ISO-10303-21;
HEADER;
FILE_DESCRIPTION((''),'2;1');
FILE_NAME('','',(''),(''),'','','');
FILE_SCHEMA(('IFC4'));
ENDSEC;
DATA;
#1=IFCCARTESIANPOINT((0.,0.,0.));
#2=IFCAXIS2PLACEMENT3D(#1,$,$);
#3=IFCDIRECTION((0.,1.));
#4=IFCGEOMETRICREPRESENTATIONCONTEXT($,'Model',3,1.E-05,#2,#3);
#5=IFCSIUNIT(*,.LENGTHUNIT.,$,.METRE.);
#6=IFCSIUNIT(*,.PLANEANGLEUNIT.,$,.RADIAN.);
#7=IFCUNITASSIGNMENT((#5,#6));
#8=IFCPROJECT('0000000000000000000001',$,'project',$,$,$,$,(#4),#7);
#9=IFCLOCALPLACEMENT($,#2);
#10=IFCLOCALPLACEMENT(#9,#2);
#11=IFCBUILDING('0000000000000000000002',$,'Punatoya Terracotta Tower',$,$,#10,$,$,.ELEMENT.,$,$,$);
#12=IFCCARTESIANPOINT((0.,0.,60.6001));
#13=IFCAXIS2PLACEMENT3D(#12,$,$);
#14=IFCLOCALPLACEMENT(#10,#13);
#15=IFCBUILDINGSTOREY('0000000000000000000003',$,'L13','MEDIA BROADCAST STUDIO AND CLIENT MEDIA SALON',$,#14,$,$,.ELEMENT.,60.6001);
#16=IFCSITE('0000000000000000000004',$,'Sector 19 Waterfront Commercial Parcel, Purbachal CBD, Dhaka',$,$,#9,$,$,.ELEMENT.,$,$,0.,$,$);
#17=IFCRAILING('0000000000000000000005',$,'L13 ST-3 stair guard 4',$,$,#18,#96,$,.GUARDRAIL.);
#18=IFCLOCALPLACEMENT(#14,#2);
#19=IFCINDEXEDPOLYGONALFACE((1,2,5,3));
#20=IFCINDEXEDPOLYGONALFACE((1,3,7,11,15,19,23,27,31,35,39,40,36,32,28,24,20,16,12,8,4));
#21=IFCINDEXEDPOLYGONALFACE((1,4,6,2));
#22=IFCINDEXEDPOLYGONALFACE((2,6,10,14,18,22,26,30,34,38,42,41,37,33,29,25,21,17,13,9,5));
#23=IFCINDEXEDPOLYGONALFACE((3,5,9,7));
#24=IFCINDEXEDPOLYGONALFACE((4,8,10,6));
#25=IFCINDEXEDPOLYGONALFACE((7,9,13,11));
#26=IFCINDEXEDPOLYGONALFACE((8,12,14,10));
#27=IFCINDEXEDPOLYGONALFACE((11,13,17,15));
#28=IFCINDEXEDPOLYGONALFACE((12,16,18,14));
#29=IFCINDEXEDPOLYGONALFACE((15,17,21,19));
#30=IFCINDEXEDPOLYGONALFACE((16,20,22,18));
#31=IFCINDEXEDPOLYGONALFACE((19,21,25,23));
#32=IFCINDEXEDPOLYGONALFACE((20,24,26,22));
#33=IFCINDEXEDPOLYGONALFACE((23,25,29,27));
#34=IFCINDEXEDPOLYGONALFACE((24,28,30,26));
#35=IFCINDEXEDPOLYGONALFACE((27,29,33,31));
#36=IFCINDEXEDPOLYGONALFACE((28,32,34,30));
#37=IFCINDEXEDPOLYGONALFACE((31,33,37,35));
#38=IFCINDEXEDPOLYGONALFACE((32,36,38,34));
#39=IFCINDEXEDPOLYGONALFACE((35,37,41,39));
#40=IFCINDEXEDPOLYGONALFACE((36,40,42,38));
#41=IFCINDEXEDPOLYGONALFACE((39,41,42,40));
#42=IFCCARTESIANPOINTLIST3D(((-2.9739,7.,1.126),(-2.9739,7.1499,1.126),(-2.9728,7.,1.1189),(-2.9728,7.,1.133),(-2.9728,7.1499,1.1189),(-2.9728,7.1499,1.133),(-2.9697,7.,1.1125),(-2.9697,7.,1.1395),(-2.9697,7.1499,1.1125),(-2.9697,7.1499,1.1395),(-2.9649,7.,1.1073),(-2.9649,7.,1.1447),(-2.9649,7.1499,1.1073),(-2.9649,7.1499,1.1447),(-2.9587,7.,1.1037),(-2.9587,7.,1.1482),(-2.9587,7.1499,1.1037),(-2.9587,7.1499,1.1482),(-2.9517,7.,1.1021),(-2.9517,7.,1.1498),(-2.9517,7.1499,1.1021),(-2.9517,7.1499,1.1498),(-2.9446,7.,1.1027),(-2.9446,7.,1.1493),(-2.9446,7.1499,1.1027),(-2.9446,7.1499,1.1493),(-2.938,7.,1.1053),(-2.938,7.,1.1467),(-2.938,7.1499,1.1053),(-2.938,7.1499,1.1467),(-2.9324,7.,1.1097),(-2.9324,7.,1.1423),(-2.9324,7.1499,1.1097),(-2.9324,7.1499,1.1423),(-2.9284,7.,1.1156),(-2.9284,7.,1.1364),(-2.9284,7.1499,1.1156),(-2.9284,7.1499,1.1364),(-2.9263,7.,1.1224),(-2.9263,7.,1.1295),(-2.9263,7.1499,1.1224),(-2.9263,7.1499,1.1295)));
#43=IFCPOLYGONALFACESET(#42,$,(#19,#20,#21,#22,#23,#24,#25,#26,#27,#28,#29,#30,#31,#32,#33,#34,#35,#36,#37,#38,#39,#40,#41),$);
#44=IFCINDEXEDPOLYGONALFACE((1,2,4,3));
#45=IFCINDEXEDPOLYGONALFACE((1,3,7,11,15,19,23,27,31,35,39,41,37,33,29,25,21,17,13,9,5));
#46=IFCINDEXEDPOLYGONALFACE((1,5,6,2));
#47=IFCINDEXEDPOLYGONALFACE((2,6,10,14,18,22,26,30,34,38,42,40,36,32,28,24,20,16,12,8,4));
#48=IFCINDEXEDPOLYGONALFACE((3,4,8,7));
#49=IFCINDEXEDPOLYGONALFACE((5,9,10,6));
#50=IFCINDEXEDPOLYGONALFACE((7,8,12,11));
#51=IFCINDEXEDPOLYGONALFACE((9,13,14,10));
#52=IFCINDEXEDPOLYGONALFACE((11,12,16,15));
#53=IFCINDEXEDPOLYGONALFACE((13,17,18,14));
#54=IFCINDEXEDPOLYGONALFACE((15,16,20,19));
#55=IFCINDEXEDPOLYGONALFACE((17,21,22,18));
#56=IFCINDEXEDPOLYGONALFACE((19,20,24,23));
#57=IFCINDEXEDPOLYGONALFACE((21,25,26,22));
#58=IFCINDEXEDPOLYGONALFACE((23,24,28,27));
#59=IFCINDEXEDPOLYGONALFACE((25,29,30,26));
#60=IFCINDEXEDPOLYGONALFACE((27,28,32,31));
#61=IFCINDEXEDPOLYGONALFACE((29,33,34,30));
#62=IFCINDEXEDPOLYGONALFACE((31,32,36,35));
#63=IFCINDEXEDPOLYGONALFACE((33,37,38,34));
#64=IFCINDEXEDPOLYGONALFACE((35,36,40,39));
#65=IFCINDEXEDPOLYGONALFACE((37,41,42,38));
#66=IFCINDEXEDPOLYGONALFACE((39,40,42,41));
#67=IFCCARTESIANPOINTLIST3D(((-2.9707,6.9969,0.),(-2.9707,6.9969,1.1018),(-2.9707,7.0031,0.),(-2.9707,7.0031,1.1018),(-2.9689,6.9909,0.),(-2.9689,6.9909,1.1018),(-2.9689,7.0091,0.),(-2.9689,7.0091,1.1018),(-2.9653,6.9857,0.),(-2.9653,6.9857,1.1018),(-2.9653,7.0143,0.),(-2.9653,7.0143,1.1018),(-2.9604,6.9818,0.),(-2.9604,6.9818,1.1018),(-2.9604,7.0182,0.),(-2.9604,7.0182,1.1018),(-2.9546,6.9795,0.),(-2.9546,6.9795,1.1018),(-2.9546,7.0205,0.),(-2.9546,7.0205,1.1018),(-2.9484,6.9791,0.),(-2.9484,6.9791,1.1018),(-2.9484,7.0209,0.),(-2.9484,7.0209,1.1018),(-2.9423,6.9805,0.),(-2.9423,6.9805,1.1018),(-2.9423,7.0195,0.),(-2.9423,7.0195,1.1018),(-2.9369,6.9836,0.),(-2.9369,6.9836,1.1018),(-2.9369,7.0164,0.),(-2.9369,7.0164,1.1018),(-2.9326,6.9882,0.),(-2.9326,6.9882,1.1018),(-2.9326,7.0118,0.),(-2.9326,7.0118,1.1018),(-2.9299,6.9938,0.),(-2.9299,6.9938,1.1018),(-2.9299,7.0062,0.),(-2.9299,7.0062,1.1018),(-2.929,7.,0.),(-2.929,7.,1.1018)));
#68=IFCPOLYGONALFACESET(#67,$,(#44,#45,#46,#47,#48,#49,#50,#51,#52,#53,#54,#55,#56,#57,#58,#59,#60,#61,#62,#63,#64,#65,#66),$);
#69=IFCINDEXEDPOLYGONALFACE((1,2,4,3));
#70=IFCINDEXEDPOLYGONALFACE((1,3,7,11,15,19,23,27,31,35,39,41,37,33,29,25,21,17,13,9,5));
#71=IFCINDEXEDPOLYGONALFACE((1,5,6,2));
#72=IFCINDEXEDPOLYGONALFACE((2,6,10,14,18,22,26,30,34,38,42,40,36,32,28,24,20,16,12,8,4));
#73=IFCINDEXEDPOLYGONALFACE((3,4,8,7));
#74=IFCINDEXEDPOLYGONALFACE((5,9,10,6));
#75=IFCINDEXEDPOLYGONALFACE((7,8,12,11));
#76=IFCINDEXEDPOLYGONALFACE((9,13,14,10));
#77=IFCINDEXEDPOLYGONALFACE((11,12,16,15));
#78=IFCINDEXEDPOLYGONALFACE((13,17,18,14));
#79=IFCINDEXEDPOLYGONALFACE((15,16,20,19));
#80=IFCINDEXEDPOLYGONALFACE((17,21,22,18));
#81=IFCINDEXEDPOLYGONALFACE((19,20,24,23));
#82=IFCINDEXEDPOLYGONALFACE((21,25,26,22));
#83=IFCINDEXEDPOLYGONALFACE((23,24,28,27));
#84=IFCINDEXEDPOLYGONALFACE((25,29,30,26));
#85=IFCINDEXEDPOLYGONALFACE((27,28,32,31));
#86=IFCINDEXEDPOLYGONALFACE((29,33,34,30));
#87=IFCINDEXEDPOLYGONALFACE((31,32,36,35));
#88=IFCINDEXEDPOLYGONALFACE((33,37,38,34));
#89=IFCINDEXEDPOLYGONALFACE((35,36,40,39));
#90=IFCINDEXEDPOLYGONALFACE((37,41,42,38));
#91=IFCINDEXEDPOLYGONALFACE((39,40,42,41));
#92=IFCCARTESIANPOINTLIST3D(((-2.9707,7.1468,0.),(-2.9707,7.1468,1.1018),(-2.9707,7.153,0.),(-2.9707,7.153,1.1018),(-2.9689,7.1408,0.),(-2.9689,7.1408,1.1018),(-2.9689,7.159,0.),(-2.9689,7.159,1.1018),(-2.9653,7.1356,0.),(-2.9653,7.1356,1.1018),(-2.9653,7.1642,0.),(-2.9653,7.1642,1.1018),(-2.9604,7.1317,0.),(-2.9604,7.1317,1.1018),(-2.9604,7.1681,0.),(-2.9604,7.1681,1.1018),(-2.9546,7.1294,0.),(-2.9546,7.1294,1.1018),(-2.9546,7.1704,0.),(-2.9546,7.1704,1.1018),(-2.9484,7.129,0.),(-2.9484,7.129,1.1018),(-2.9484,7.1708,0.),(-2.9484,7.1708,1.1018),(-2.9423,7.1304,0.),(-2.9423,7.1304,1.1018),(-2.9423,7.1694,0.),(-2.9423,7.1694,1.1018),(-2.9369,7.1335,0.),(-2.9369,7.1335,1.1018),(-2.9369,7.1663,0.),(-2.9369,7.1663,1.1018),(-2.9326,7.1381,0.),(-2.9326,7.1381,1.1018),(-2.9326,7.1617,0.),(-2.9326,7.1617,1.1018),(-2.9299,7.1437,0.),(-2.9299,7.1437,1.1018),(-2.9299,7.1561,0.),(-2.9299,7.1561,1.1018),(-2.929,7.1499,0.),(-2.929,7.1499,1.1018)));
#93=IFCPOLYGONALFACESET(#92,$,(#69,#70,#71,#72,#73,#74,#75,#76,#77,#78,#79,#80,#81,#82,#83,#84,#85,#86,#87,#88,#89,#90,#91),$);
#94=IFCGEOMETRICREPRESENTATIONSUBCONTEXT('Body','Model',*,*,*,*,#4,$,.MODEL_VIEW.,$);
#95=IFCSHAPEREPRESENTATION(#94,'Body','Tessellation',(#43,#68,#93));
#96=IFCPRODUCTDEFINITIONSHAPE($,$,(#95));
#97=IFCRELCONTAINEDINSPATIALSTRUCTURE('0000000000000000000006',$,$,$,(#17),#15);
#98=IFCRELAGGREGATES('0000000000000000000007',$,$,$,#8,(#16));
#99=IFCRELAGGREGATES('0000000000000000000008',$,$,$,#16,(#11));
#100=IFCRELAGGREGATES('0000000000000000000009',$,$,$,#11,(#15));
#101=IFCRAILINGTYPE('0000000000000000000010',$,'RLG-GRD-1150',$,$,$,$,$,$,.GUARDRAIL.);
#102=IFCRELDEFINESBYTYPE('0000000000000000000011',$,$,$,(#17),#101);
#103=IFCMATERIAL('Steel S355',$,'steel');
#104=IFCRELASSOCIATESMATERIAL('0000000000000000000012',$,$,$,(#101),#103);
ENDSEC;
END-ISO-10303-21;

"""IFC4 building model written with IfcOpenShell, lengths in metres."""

from ifc_helpers import new_model, si_unit, direction, frame, origin, origin_2d, place, context, subcontext, project, spatial, circle, extrude, material, type_object, element, save


model = new_model("IFC4")

# Units and contexts
model_context = context("Model", 3, precision=1e-05, world=origin(), true_north=direction((0.0, 1.0)))
body_context = subcontext(model_context, "Body", "Model", "MODEL_VIEW")
ifc_project = project(units=[si_unit("LENGTHUNIT", "METRE"), si_unit("PLANEANGLEUNIT", "RADIAN")], contexts=[model_context])

# Site, building, storey
site_placement = place(None, origin())
site = spatial("IfcSite", under=ifc_project, at=site_placement, Name="Sector 19 Waterfront Commercial Parcel, Purbachal CBD, Dhaka", CompositionType="ELEMENT", RefElevation=0.0)
building_placement = place(site_placement, origin())
building = spatial("IfcBuilding", under=site, at=building_placement, Name="Punatoya Terracotta Tower", CompositionType="ELEMENT")
storey_placement = place(building_placement, frame((0.0, 0.0, 60.6001)))
storey = spatial("IfcBuildingStorey", under=building, at=storey_placement, Name="L13", Description="MEDIA BROADCAST STUDIO AND CLIENT MEDIA SALON", CompositionType="ELEMENT", Elevation=60.6001)

# Railing
ifc_material_1 = material(Name="Steel S355", Category="steel")
railing_type_1 = type_object("IfcRailingType", Name="RLG-GRD-1150", PredefinedType="GUARDRAIL", material=ifc_material_1)
railing_1_placement = place(storey_placement, frame((-2.95, 7.0, 0.0)))
element("IfcRailing", 1, at=railing_1_placement, inside=storey, type_object=railing_type_1, Name="L13 ST-3 stair guard 4", PredefinedType="GUARDRAIL", context=body_context, shape_type="SweptSolid", body=[
    extrude(circle(Radius=0.0239, at=origin_2d()), frame((0.0, 0.0, 1.126), z_axis=(0.0, 1.0, 0.0), x_axis=(-1.0, 0.0, 0.0)), (0.0, 0.0, 1.0), 0.1499),
    extrude(circle(Radius=0.021, at=origin_2d()), origin(), (0.0, 0.0, 1.0), 1.1018),
    extrude(circle(Radius=0.021, at=origin_2d()), frame((0.0, 0.1499, 0.0)), (0.0, 0.0, 1.0), 1.1018),
])

save(model, "model.ifc")
